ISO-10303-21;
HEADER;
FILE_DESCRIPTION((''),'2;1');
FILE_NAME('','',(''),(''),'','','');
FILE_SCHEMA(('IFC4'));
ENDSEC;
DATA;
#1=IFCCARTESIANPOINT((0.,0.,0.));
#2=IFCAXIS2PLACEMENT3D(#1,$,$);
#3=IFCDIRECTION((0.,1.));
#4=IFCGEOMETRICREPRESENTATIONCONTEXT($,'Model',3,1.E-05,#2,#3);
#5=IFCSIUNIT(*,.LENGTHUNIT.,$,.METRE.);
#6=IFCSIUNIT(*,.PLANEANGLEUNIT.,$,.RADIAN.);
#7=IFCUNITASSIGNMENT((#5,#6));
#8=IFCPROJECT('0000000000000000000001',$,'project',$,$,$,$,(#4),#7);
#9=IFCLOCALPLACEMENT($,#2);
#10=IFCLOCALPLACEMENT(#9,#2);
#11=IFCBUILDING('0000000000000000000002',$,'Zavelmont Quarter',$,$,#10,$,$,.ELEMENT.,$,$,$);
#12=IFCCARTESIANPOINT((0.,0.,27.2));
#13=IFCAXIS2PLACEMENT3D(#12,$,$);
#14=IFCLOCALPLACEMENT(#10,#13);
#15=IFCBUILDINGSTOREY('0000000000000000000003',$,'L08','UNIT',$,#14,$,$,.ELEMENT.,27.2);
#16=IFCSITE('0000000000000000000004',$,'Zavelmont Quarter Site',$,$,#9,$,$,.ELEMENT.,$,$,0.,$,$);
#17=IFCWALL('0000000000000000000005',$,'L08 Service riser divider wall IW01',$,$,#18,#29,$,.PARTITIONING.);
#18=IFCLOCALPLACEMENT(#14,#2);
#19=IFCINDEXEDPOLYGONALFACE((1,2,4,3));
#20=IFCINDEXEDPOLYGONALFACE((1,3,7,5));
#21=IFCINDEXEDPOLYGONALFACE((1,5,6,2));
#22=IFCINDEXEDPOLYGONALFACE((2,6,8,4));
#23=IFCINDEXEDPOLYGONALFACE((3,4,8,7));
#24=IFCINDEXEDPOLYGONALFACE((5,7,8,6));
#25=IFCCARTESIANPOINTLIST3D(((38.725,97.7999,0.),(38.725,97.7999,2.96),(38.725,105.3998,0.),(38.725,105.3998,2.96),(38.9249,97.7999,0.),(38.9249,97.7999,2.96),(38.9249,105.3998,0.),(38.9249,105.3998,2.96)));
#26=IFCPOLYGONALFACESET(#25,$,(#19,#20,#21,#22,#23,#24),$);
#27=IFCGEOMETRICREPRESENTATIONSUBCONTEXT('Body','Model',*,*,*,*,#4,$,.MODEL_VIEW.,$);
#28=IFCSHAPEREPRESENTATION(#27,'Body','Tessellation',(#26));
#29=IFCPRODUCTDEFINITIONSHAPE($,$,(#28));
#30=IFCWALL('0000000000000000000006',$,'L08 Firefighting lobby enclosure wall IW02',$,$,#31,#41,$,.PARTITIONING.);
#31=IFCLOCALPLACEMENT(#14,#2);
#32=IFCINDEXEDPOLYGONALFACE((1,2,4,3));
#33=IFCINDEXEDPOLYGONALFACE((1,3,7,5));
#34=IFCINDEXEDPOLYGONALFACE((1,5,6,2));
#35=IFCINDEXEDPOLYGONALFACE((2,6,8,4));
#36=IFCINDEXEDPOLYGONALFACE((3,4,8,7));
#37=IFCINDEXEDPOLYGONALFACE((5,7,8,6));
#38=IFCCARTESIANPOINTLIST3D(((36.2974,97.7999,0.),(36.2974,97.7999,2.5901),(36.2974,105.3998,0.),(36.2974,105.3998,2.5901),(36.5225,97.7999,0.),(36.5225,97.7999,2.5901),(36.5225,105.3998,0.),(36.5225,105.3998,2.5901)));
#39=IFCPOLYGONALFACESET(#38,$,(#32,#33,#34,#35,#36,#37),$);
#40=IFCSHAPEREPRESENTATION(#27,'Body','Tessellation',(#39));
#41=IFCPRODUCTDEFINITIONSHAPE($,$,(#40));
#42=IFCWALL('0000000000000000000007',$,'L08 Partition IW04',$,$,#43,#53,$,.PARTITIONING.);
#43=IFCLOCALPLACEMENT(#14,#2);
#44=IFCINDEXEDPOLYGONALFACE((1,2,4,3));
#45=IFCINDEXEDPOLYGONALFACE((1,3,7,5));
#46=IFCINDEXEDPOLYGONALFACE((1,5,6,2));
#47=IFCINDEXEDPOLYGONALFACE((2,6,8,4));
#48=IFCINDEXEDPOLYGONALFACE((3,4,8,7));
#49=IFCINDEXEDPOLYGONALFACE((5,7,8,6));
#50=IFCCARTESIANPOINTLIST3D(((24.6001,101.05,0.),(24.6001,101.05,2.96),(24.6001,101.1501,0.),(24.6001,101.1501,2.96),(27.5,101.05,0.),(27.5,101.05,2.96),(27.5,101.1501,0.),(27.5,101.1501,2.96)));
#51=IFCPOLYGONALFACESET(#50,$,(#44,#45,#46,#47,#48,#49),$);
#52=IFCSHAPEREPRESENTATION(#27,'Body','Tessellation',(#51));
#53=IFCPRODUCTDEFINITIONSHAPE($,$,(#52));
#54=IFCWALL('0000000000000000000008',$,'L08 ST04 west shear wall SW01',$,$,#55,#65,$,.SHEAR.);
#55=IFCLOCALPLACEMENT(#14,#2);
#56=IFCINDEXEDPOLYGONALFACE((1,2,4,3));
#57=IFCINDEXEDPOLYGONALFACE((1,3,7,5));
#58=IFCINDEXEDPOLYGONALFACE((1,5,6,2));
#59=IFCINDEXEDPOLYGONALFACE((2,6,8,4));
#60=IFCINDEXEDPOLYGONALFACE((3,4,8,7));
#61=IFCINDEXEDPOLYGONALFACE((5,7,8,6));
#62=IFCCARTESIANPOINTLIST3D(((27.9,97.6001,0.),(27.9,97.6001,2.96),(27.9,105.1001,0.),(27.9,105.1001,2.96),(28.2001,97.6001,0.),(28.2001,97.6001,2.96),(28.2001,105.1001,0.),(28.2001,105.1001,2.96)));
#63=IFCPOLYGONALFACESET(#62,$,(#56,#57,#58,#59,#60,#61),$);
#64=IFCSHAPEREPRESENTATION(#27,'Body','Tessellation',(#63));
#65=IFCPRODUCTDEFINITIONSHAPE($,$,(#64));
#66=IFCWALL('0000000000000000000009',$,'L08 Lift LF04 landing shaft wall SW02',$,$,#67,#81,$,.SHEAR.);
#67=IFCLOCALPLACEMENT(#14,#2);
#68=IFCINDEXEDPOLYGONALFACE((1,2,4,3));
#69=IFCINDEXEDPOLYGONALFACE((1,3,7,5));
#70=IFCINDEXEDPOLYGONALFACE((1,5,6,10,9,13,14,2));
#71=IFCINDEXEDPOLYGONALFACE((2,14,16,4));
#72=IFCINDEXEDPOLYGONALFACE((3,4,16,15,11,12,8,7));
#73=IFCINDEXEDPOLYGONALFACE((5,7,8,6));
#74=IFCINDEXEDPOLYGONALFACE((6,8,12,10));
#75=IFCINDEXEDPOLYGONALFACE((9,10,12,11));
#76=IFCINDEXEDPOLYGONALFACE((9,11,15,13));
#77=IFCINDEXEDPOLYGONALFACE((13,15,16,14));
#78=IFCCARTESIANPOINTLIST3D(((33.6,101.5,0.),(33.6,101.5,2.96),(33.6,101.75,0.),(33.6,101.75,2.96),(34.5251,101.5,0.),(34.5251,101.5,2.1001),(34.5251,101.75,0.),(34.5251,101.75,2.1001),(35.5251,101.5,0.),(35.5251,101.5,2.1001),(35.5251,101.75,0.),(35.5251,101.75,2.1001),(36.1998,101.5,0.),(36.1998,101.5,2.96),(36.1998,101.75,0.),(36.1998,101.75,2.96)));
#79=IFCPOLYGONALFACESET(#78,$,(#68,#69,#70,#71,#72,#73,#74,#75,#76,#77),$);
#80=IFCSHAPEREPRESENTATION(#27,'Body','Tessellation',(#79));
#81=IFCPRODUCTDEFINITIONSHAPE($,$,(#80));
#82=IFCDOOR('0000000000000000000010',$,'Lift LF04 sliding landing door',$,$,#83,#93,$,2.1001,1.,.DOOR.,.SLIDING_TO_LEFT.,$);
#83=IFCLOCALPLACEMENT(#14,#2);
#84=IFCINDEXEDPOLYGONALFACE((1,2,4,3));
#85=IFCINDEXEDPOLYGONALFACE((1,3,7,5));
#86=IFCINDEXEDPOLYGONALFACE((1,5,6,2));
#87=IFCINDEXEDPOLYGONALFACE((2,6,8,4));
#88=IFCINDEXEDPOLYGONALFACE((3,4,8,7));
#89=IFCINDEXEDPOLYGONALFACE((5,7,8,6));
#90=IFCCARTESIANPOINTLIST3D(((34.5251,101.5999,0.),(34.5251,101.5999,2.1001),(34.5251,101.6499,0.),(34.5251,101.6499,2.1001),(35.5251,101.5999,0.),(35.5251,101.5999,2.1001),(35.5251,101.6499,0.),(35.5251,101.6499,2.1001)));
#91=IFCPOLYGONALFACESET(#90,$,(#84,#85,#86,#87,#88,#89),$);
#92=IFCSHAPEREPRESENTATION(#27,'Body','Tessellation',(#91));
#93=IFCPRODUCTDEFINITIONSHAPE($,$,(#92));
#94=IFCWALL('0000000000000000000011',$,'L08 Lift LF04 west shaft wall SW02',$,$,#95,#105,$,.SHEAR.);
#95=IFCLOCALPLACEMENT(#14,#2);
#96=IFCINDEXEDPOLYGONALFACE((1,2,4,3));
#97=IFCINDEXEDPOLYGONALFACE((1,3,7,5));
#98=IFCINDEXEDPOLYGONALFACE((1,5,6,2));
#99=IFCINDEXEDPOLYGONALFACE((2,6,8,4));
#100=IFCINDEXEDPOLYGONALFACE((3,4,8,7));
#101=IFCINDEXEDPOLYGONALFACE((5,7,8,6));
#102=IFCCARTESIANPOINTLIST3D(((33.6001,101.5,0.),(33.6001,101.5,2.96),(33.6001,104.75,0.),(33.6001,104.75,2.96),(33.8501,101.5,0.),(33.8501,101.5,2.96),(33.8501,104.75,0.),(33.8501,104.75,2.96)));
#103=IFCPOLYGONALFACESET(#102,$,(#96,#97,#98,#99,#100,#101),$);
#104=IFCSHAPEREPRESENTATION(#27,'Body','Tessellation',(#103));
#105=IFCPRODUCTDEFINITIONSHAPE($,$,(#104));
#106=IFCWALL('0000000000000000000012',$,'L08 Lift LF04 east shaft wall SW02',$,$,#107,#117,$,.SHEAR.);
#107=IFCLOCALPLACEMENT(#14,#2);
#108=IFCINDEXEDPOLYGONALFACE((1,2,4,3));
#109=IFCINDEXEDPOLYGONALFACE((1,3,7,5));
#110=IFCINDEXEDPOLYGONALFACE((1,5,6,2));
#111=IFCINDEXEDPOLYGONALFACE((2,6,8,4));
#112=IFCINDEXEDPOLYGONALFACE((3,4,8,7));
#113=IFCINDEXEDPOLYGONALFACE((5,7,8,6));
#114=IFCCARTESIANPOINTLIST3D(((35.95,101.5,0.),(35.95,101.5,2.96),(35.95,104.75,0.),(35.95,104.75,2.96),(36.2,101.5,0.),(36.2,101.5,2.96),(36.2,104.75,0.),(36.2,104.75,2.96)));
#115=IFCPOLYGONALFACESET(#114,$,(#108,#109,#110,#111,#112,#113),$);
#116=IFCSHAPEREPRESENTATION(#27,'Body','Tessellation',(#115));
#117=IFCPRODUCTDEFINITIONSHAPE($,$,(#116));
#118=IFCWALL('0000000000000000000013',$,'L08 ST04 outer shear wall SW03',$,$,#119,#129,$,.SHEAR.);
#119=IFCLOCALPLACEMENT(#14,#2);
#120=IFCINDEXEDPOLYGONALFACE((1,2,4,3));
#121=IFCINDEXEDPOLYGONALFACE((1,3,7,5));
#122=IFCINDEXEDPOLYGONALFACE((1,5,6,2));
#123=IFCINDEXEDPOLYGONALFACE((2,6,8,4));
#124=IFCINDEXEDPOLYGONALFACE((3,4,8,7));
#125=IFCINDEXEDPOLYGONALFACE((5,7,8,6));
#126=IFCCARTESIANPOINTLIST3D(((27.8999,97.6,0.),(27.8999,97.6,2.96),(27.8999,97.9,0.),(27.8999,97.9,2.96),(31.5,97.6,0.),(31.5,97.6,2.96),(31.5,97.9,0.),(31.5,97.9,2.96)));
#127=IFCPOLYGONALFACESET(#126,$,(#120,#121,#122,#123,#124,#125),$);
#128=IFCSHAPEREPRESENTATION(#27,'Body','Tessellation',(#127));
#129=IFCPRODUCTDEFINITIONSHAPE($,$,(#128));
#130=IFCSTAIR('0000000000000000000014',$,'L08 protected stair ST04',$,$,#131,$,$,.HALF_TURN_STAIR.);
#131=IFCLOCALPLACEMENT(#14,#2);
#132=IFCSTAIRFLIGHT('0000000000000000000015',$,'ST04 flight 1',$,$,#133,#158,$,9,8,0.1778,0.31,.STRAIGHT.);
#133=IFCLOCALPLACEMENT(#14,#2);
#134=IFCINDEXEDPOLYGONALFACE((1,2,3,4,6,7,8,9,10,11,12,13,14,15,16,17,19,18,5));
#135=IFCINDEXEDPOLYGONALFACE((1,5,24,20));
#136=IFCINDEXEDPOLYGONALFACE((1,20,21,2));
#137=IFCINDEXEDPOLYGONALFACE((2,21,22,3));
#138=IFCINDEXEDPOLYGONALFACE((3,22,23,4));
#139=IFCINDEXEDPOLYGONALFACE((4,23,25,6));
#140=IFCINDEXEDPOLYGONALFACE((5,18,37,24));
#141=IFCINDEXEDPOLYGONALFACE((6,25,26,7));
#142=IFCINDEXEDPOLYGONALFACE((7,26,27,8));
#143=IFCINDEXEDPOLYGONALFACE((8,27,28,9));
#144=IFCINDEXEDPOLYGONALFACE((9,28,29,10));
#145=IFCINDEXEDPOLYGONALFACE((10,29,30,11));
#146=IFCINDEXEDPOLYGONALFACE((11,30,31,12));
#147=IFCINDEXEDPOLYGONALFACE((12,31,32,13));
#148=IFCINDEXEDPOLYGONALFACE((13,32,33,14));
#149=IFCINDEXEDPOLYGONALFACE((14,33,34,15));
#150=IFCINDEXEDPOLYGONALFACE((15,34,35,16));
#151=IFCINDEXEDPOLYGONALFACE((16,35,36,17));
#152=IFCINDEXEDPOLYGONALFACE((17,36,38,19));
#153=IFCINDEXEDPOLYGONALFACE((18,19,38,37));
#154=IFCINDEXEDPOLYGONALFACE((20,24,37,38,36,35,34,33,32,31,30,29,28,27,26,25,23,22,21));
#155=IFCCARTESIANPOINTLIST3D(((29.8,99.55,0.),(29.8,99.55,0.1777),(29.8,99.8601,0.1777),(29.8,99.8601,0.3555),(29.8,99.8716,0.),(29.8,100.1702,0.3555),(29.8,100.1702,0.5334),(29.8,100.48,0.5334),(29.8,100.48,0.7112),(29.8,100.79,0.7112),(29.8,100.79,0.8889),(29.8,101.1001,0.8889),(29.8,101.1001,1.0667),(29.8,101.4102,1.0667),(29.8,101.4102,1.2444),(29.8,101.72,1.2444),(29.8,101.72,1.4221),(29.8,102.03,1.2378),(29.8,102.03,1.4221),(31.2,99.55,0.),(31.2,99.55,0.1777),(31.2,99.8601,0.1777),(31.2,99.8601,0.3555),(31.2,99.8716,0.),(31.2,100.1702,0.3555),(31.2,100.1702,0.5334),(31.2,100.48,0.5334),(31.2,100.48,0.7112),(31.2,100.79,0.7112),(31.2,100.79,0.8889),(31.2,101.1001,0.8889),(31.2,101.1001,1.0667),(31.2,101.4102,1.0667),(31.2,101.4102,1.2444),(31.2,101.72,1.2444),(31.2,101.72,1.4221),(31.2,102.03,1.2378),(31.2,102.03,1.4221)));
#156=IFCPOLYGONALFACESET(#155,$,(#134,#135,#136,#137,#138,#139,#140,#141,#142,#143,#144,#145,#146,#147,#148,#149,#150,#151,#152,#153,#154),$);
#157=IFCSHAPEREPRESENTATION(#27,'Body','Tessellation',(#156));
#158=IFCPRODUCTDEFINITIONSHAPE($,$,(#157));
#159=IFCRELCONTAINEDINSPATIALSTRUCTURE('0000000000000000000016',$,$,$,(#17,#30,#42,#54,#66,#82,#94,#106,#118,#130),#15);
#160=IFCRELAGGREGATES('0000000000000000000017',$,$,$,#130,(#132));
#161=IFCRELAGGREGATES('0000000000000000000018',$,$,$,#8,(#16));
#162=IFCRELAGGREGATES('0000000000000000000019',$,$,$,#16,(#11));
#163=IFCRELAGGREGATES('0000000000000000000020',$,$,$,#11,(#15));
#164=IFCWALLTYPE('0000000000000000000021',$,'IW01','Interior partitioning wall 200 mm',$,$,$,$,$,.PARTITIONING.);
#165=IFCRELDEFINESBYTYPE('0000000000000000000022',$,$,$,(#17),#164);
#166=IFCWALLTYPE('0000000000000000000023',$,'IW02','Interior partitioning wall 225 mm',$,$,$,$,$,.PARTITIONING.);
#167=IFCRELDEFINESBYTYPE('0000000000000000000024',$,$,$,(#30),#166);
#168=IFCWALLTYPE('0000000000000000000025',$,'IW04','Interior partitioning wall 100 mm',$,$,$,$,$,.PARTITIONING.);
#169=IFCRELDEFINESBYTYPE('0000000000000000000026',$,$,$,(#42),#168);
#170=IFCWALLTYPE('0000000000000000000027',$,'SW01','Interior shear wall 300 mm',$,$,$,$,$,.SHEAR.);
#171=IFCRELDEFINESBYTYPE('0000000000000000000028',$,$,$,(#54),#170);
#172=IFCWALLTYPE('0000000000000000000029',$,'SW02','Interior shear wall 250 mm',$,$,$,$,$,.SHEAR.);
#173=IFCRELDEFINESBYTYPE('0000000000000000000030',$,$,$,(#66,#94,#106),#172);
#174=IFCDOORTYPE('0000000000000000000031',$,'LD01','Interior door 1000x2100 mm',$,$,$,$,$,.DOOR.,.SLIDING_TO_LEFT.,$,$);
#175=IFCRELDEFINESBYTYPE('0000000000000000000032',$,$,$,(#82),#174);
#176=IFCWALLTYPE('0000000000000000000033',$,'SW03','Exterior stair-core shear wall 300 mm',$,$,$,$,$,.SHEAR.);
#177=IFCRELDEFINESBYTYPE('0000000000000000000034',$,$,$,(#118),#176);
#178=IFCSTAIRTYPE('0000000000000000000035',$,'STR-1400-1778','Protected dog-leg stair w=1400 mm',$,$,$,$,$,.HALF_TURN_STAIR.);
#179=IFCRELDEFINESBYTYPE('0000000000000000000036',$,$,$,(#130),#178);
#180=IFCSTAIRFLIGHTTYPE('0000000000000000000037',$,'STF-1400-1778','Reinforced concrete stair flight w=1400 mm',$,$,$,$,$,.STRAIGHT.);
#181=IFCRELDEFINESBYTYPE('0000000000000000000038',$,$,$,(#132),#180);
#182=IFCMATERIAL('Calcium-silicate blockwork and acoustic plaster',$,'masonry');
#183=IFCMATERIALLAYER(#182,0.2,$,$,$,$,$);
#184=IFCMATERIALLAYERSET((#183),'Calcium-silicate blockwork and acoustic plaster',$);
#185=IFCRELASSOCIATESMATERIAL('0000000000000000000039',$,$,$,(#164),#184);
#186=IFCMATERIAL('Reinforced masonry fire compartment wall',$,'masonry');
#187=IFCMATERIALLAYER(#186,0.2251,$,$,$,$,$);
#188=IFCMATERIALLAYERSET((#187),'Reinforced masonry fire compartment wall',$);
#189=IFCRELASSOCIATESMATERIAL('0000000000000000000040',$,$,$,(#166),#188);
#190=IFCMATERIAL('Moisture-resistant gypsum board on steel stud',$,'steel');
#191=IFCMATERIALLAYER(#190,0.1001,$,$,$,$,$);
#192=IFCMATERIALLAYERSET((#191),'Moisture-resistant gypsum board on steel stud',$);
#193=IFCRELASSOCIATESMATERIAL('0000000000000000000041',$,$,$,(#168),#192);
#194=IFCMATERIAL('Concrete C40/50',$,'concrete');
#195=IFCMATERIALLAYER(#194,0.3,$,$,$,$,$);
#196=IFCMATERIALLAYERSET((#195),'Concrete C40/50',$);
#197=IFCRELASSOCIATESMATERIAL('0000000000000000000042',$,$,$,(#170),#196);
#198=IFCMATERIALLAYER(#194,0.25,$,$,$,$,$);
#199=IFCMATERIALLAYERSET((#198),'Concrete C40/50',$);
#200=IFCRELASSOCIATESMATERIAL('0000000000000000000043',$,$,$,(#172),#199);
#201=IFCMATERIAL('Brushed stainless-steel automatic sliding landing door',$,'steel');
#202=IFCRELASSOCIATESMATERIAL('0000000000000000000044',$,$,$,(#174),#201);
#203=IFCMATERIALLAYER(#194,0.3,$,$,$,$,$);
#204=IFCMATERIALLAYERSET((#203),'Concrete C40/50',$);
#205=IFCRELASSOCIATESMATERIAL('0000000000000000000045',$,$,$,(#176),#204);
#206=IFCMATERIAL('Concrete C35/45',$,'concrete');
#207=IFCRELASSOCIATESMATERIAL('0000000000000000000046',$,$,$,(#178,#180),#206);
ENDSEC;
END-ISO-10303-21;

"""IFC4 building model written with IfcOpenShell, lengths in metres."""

from ifc_helpers import new_model, si_unit, direction, frame, frame_2d, origin, origin_with_axes, place, context, subcontext, project, spatial, polyline, rectangle, outline, extrude, material, layer, layer_set, type_object, element, fill, aggregate, save


model = new_model("IFC4")

# Units and contexts
model_context = context("Model", 3, precision=1e-05, world=origin(), true_north=direction((0.0, 1.0)))
body_context = subcontext(model_context, "Body", "Model", "MODEL_VIEW")
ifc_project = project(units=[si_unit("LENGTHUNIT", "METRE"), si_unit("PLANEANGLEUNIT", "RADIAN")], contexts=[model_context])

# Site, building, storey
site_placement = place(None, origin())
site = spatial("IfcSite", under=ifc_project, at=site_placement, Name="Zavelmont Quarter Site", CompositionType="ELEMENT", RefElevation=0.0)
building_placement = place(site_placement, origin())
building = spatial("IfcBuilding", under=site, at=building_placement, Name="Zavelmont Quarter", CompositionType="ELEMENT")
storey_placement = place(building_placement, frame((0.0, 0.0, 27.2)))
storey = spatial("IfcBuildingStorey", under=building, at=storey_placement, Name="L08", Description="UNIT", CompositionType="ELEMENT", Elevation=27.2)

# Shared definitions
ifc_material_1 = material(Name="Concrete C35/45", Category="concrete")

# Shared definitions
ifc_material_2 = material(Name="Concrete C40/50", Category="concrete")

# Walls
ifc_material_3 = material(Name="Calcium-silicate blockwork and acoustic plaster", Category="masonry")
ifc_layer_1 = layer(ifc_material_3, 0.2)
ifc_layer_set_1 = layer_set([ifc_layer_1], Name="Calcium-silicate blockwork and acoustic plaster")
wall_type_1 = type_object("IfcWallType", Name="IW01", Description="Interior partitioning wall 200 mm", PredefinedType="PARTITIONING", material=ifc_layer_set_1)
wall_1_placement = place(storey_placement, frame((38.825, 97.8, 0.0), z_axis=(0.0, 0.0, 1.0), x_axis=(0.0, 1.0, 0.0)))
element("IfcWall", 1, at=wall_1_placement, inside=storey, type_object=wall_type_1, Name="L08 Service riser divider wall IW01", PredefinedType="PARTITIONING", context=body_context, shape_type="SweptSolid", body=[
    extrude(rectangle(XDim=7.5999, YDim=0.2, at=frame_2d((3.7998, 0.0))), origin(), (0.0, 0.0, 1.0), 2.96),
])
ifc_material_4 = material(Name="Reinforced masonry fire compartment wall", Category="masonry")
ifc_layer_2 = layer(ifc_material_4, 0.2251)
ifc_layer_set_2 = layer_set([ifc_layer_2], Name="Reinforced masonry fire compartment wall")
wall_type_2 = type_object("IfcWallType", Name="IW02", Description="Interior partitioning wall 225 mm", PredefinedType="PARTITIONING", material=ifc_layer_set_2)
wall_2_placement = place(storey_placement, frame((36.4099, 97.8, 0.0), z_axis=(0.0, 0.0, 1.0), x_axis=(0.0, 1.0, 0.0)))
element("IfcWall", 2, at=wall_2_placement, inside=storey, type_object=wall_type_2, Name="L08 Firefighting lobby enclosure wall IW02", PredefinedType="PARTITIONING", context=body_context, shape_type="SweptSolid", body=[
    extrude(rectangle(XDim=7.5999, YDim=0.2251, at=frame_2d((3.7998, 0.0))), origin(), (0.0, 0.0, 1.0), 2.5901),
])

# Walls
ifc_material_5 = material(Name="Moisture-resistant gypsum board on steel stud", Category="steel")
ifc_layer_3 = layer(ifc_material_5, 0.1001)
ifc_layer_set_3 = layer_set([ifc_layer_3], Name="Moisture-resistant gypsum board on steel stud")
wall_type_3 = type_object("IfcWallType", Name="IW04", Description="Interior partitioning wall 100 mm", PredefinedType="PARTITIONING", material=ifc_layer_set_3)
wall_3_placement = place(storey_placement, frame((24.6001, 101.1001, 0.0), z_axis=(0.0, 0.0, 1.0), x_axis=(1.0, 0.0, 0.0)))
element("IfcWall", 3, at=wall_3_placement, inside=storey, type_object=wall_type_3, Name="L08 Partition IW04", PredefinedType="PARTITIONING", context=body_context, shape_type="SweptSolid", body=[
    extrude(rectangle(XDim=2.8999, YDim=0.1001, at=frame_2d((1.45, 0.0))), origin(), (0.0, 0.0, 1.0), 2.96),
])
ifc_layer_4 = layer(ifc_material_2, 0.3)
ifc_layer_set_4 = layer_set([ifc_layer_4], Name="Concrete C40/50")
wall_type_4 = type_object("IfcWallType", Name="SW01", Description="Interior shear wall 300 mm", PredefinedType="SHEAR", material=ifc_layer_set_4)
wall_4_placement = place(storey_placement, frame((28.05, 97.6001, 0.0), z_axis=(0.0, 0.0, 1.0), x_axis=(0.0, 1.0, 0.0)))
element("IfcWall", 4, at=wall_4_placement, inside=storey, type_object=wall_type_4, Name="L08 ST04 west shear wall SW01", PredefinedType="SHEAR", context=body_context, shape_type="SweptSolid", body=[
    extrude(rectangle(XDim=7.5, YDim=0.3, at=frame_2d((3.75, 0.0))), origin(), (0.0, 0.0, 1.0), 2.96),
])

# Wall, opening, door
ifc_layer_5 = layer(ifc_material_2, 0.25)
ifc_layer_set_5 = layer_set([ifc_layer_5], Name="Concrete C40/50")
wall_type_5 = type_object("IfcWallType", Name="SW02", Description="Interior shear wall 250 mm", PredefinedType="SHEAR", material=ifc_layer_set_5)
wall_5_placement = place(storey_placement, frame((33.6001, 101.625, 0.0), z_axis=(0.0, 0.0, 1.0), x_axis=(1.0, 0.0, 0.0)))
wall_5 = element("IfcWall", 5, at=wall_5_placement, inside=storey, type_object=wall_type_5, Name="L08 Lift LF04 landing shaft wall SW02", PredefinedType="SHEAR", context=body_context, shape_type="SweptSolid", body=[
    extrude(rectangle(XDim=2.5999, YDim=0.25, at=frame_2d((1.2998, 0.0))), origin(), (0.0, 0.0, 1.0), 2.96),
])
opening_1_placement = place(wall_5_placement, frame((0.925, 0.0, 0.0)))
opening_1 = element("IfcOpeningElement", 6, at=opening_1_placement, cuts=wall_5, PredefinedType="OPENING", context=body_context, shape_type="SweptSolid", body=[
    extrude(rectangle(XDim=1.0, YDim=2.1001, at=frame_2d((0.5, 1.05))), frame((0.0, 0.137, 0.0), z_axis=(0.0, -1.0, 0.0), x_axis=(1.0, 0.0, 0.0)), (0.0, 0.0, 1.0), 0.2739),
])
ifc_material_6 = material(Name="Brushed stainless-steel automatic sliding landing door", Category="steel")
door_type_1 = type_object("IfcDoorType", Name="LD01", Description="Interior door 1000x2100 mm", OperationType="SLIDING_TO_LEFT", PredefinedType="DOOR", material=ifc_material_6)
door_1_placement = place(opening_1_placement, origin_with_axes())
door_1 = element("IfcDoor", 7, at=door_1_placement, inside=storey, type_object=door_type_1, Name="Lift LF04 sliding landing door", OperationType="SLIDING_TO_LEFT", OverallHeight=2.1001, OverallWidth=1.0, PredefinedType="DOOR", context=body_context, shape_type="SweptSolid", body=[
    extrude(rectangle(XDim=1.0, YDim=2.1001, at=frame_2d((0.5, 1.05))), frame((0.0, 0.0249, 0.0), z_axis=(0.0, -1.0, 0.0), x_axis=(1.0, 0.0, 0.0)), (0.0, 0.0, 1.0), 0.05),
])
fill(opening_1, door_1)

# Walls
for number, where, z_axis, x_axis, name in (
    (8, (33.7251, 101.5, 0.0), (0.0, 0.0, 1.0), (0.0, 1.0, 0.0), "L08 Lift LF04 west shaft wall SW02"),
    (9, (36.075, 101.5, 0.0), (0.0, 0.0, 1.0), (0.0, 1.0, 0.0), "L08 Lift LF04 east shaft wall SW02"),
):
    element("IfcWall", number, at=place(storey_placement, frame(where, z_axis=z_axis, x_axis=x_axis)), inside=storey, type_object=wall_type_5, Name=name, PredefinedType="SHEAR", context=body_context, shape_type="SweptSolid", body=[
        extrude(rectangle(XDim=3.25, YDim=0.25, at=frame_2d((1.625, 0.0))), origin(), (0.0, 0.0, 1.0), 2.96),
    ])
ifc_layer_6 = layer(ifc_material_2, 0.3)
ifc_layer_set_6 = layer_set([ifc_layer_6], Name="Concrete C40/50")
wall_type_6 = type_object("IfcWallType", Name="SW03", Description="Exterior stair-core shear wall 300 mm", PredefinedType="SHEAR", material=ifc_layer_set_6)
wall_6_placement = place(storey_placement, frame((27.8999, 97.75, 0.0), z_axis=(0.0, 0.0, 1.0), x_axis=(1.0, 0.0, 0.0)))
element("IfcWall", 10, at=wall_6_placement, inside=storey, type_object=wall_type_6, Name="L08 ST04 outer shear wall SW03", PredefinedType="SHEAR", context=body_context, shape_type="SweptSolid", body=[
    extrude(rectangle(XDim=3.6001, YDim=0.3, at=frame_2d((1.8, 0.0))), origin(), (0.0, 0.0, 1.0), 2.96),
])

# Stair, stair flight
stair_type = type_object("IfcStairType", Name="STR-1400-1778", Description="Protected dog-leg stair w=1400 mm", PredefinedType="HALF_TURN_STAIR", material=ifc_material_1)
stair_placement = place(storey_placement, origin())
stair = element("IfcStair", 11, at=stair_placement, inside=storey, type_object=stair_type, Name="L08 protected stair ST04", PredefinedType="HALF_TURN_STAIR")
stair_flight_type = type_object("IfcStairFlightType", Name="STF-1400-1778", Description="Reinforced concrete stair flight w=1400 mm", PredefinedType="STRAIGHT", material=ifc_material_1)
stair_flight_1_placement = place(storey_placement, frame((30.5, 99.55, 0.0), z_axis=(0.0, 0.0, 1.0), x_axis=(0.0, 1.0, 0.0)))
stair_flight_1 = element("IfcStairFlight", 12, at=stair_flight_1_placement, type_object=stair_flight_type, Name="ST04 flight 1", NumberOfRisers=9, NumberOfTreads=8, PredefinedType="STRAIGHT", RiserHeight=0.1778, TreadLength=0.31, context=body_context, shape_type="SweptSolid", body=[
    extrude(outline(polyline([(0.0, 0.0), (0.0, 0.1777), (0.3101, 0.1777), (0.3101, 0.3555), (0.6201, 0.3555), (0.6201, 0.5334), (0.9299, 0.5334), (0.9299, 0.7112), (1.24, 0.7112), (1.24, 0.8889), (1.55, 0.8889), (1.55, 1.0667), (1.8601, 1.0667), (1.8601, 1.2444), (2.1699, 1.2444), (2.1699, 1.4221), (2.48, 1.4221), (2.48, 1.6001), (2.48, 1.2378), (0.3215, 0.0), (0.0, 0.0)])), frame((0.0, 0.7, 0.0), z_axis=(0.0, -1.0, 0.0), x_axis=(1.0, 0.0, 0.0)), (0.0, 0.0, 1.0), 1.3999),
])
aggregate(stair, [stair_flight_1])

save(model, "model.ifc")
